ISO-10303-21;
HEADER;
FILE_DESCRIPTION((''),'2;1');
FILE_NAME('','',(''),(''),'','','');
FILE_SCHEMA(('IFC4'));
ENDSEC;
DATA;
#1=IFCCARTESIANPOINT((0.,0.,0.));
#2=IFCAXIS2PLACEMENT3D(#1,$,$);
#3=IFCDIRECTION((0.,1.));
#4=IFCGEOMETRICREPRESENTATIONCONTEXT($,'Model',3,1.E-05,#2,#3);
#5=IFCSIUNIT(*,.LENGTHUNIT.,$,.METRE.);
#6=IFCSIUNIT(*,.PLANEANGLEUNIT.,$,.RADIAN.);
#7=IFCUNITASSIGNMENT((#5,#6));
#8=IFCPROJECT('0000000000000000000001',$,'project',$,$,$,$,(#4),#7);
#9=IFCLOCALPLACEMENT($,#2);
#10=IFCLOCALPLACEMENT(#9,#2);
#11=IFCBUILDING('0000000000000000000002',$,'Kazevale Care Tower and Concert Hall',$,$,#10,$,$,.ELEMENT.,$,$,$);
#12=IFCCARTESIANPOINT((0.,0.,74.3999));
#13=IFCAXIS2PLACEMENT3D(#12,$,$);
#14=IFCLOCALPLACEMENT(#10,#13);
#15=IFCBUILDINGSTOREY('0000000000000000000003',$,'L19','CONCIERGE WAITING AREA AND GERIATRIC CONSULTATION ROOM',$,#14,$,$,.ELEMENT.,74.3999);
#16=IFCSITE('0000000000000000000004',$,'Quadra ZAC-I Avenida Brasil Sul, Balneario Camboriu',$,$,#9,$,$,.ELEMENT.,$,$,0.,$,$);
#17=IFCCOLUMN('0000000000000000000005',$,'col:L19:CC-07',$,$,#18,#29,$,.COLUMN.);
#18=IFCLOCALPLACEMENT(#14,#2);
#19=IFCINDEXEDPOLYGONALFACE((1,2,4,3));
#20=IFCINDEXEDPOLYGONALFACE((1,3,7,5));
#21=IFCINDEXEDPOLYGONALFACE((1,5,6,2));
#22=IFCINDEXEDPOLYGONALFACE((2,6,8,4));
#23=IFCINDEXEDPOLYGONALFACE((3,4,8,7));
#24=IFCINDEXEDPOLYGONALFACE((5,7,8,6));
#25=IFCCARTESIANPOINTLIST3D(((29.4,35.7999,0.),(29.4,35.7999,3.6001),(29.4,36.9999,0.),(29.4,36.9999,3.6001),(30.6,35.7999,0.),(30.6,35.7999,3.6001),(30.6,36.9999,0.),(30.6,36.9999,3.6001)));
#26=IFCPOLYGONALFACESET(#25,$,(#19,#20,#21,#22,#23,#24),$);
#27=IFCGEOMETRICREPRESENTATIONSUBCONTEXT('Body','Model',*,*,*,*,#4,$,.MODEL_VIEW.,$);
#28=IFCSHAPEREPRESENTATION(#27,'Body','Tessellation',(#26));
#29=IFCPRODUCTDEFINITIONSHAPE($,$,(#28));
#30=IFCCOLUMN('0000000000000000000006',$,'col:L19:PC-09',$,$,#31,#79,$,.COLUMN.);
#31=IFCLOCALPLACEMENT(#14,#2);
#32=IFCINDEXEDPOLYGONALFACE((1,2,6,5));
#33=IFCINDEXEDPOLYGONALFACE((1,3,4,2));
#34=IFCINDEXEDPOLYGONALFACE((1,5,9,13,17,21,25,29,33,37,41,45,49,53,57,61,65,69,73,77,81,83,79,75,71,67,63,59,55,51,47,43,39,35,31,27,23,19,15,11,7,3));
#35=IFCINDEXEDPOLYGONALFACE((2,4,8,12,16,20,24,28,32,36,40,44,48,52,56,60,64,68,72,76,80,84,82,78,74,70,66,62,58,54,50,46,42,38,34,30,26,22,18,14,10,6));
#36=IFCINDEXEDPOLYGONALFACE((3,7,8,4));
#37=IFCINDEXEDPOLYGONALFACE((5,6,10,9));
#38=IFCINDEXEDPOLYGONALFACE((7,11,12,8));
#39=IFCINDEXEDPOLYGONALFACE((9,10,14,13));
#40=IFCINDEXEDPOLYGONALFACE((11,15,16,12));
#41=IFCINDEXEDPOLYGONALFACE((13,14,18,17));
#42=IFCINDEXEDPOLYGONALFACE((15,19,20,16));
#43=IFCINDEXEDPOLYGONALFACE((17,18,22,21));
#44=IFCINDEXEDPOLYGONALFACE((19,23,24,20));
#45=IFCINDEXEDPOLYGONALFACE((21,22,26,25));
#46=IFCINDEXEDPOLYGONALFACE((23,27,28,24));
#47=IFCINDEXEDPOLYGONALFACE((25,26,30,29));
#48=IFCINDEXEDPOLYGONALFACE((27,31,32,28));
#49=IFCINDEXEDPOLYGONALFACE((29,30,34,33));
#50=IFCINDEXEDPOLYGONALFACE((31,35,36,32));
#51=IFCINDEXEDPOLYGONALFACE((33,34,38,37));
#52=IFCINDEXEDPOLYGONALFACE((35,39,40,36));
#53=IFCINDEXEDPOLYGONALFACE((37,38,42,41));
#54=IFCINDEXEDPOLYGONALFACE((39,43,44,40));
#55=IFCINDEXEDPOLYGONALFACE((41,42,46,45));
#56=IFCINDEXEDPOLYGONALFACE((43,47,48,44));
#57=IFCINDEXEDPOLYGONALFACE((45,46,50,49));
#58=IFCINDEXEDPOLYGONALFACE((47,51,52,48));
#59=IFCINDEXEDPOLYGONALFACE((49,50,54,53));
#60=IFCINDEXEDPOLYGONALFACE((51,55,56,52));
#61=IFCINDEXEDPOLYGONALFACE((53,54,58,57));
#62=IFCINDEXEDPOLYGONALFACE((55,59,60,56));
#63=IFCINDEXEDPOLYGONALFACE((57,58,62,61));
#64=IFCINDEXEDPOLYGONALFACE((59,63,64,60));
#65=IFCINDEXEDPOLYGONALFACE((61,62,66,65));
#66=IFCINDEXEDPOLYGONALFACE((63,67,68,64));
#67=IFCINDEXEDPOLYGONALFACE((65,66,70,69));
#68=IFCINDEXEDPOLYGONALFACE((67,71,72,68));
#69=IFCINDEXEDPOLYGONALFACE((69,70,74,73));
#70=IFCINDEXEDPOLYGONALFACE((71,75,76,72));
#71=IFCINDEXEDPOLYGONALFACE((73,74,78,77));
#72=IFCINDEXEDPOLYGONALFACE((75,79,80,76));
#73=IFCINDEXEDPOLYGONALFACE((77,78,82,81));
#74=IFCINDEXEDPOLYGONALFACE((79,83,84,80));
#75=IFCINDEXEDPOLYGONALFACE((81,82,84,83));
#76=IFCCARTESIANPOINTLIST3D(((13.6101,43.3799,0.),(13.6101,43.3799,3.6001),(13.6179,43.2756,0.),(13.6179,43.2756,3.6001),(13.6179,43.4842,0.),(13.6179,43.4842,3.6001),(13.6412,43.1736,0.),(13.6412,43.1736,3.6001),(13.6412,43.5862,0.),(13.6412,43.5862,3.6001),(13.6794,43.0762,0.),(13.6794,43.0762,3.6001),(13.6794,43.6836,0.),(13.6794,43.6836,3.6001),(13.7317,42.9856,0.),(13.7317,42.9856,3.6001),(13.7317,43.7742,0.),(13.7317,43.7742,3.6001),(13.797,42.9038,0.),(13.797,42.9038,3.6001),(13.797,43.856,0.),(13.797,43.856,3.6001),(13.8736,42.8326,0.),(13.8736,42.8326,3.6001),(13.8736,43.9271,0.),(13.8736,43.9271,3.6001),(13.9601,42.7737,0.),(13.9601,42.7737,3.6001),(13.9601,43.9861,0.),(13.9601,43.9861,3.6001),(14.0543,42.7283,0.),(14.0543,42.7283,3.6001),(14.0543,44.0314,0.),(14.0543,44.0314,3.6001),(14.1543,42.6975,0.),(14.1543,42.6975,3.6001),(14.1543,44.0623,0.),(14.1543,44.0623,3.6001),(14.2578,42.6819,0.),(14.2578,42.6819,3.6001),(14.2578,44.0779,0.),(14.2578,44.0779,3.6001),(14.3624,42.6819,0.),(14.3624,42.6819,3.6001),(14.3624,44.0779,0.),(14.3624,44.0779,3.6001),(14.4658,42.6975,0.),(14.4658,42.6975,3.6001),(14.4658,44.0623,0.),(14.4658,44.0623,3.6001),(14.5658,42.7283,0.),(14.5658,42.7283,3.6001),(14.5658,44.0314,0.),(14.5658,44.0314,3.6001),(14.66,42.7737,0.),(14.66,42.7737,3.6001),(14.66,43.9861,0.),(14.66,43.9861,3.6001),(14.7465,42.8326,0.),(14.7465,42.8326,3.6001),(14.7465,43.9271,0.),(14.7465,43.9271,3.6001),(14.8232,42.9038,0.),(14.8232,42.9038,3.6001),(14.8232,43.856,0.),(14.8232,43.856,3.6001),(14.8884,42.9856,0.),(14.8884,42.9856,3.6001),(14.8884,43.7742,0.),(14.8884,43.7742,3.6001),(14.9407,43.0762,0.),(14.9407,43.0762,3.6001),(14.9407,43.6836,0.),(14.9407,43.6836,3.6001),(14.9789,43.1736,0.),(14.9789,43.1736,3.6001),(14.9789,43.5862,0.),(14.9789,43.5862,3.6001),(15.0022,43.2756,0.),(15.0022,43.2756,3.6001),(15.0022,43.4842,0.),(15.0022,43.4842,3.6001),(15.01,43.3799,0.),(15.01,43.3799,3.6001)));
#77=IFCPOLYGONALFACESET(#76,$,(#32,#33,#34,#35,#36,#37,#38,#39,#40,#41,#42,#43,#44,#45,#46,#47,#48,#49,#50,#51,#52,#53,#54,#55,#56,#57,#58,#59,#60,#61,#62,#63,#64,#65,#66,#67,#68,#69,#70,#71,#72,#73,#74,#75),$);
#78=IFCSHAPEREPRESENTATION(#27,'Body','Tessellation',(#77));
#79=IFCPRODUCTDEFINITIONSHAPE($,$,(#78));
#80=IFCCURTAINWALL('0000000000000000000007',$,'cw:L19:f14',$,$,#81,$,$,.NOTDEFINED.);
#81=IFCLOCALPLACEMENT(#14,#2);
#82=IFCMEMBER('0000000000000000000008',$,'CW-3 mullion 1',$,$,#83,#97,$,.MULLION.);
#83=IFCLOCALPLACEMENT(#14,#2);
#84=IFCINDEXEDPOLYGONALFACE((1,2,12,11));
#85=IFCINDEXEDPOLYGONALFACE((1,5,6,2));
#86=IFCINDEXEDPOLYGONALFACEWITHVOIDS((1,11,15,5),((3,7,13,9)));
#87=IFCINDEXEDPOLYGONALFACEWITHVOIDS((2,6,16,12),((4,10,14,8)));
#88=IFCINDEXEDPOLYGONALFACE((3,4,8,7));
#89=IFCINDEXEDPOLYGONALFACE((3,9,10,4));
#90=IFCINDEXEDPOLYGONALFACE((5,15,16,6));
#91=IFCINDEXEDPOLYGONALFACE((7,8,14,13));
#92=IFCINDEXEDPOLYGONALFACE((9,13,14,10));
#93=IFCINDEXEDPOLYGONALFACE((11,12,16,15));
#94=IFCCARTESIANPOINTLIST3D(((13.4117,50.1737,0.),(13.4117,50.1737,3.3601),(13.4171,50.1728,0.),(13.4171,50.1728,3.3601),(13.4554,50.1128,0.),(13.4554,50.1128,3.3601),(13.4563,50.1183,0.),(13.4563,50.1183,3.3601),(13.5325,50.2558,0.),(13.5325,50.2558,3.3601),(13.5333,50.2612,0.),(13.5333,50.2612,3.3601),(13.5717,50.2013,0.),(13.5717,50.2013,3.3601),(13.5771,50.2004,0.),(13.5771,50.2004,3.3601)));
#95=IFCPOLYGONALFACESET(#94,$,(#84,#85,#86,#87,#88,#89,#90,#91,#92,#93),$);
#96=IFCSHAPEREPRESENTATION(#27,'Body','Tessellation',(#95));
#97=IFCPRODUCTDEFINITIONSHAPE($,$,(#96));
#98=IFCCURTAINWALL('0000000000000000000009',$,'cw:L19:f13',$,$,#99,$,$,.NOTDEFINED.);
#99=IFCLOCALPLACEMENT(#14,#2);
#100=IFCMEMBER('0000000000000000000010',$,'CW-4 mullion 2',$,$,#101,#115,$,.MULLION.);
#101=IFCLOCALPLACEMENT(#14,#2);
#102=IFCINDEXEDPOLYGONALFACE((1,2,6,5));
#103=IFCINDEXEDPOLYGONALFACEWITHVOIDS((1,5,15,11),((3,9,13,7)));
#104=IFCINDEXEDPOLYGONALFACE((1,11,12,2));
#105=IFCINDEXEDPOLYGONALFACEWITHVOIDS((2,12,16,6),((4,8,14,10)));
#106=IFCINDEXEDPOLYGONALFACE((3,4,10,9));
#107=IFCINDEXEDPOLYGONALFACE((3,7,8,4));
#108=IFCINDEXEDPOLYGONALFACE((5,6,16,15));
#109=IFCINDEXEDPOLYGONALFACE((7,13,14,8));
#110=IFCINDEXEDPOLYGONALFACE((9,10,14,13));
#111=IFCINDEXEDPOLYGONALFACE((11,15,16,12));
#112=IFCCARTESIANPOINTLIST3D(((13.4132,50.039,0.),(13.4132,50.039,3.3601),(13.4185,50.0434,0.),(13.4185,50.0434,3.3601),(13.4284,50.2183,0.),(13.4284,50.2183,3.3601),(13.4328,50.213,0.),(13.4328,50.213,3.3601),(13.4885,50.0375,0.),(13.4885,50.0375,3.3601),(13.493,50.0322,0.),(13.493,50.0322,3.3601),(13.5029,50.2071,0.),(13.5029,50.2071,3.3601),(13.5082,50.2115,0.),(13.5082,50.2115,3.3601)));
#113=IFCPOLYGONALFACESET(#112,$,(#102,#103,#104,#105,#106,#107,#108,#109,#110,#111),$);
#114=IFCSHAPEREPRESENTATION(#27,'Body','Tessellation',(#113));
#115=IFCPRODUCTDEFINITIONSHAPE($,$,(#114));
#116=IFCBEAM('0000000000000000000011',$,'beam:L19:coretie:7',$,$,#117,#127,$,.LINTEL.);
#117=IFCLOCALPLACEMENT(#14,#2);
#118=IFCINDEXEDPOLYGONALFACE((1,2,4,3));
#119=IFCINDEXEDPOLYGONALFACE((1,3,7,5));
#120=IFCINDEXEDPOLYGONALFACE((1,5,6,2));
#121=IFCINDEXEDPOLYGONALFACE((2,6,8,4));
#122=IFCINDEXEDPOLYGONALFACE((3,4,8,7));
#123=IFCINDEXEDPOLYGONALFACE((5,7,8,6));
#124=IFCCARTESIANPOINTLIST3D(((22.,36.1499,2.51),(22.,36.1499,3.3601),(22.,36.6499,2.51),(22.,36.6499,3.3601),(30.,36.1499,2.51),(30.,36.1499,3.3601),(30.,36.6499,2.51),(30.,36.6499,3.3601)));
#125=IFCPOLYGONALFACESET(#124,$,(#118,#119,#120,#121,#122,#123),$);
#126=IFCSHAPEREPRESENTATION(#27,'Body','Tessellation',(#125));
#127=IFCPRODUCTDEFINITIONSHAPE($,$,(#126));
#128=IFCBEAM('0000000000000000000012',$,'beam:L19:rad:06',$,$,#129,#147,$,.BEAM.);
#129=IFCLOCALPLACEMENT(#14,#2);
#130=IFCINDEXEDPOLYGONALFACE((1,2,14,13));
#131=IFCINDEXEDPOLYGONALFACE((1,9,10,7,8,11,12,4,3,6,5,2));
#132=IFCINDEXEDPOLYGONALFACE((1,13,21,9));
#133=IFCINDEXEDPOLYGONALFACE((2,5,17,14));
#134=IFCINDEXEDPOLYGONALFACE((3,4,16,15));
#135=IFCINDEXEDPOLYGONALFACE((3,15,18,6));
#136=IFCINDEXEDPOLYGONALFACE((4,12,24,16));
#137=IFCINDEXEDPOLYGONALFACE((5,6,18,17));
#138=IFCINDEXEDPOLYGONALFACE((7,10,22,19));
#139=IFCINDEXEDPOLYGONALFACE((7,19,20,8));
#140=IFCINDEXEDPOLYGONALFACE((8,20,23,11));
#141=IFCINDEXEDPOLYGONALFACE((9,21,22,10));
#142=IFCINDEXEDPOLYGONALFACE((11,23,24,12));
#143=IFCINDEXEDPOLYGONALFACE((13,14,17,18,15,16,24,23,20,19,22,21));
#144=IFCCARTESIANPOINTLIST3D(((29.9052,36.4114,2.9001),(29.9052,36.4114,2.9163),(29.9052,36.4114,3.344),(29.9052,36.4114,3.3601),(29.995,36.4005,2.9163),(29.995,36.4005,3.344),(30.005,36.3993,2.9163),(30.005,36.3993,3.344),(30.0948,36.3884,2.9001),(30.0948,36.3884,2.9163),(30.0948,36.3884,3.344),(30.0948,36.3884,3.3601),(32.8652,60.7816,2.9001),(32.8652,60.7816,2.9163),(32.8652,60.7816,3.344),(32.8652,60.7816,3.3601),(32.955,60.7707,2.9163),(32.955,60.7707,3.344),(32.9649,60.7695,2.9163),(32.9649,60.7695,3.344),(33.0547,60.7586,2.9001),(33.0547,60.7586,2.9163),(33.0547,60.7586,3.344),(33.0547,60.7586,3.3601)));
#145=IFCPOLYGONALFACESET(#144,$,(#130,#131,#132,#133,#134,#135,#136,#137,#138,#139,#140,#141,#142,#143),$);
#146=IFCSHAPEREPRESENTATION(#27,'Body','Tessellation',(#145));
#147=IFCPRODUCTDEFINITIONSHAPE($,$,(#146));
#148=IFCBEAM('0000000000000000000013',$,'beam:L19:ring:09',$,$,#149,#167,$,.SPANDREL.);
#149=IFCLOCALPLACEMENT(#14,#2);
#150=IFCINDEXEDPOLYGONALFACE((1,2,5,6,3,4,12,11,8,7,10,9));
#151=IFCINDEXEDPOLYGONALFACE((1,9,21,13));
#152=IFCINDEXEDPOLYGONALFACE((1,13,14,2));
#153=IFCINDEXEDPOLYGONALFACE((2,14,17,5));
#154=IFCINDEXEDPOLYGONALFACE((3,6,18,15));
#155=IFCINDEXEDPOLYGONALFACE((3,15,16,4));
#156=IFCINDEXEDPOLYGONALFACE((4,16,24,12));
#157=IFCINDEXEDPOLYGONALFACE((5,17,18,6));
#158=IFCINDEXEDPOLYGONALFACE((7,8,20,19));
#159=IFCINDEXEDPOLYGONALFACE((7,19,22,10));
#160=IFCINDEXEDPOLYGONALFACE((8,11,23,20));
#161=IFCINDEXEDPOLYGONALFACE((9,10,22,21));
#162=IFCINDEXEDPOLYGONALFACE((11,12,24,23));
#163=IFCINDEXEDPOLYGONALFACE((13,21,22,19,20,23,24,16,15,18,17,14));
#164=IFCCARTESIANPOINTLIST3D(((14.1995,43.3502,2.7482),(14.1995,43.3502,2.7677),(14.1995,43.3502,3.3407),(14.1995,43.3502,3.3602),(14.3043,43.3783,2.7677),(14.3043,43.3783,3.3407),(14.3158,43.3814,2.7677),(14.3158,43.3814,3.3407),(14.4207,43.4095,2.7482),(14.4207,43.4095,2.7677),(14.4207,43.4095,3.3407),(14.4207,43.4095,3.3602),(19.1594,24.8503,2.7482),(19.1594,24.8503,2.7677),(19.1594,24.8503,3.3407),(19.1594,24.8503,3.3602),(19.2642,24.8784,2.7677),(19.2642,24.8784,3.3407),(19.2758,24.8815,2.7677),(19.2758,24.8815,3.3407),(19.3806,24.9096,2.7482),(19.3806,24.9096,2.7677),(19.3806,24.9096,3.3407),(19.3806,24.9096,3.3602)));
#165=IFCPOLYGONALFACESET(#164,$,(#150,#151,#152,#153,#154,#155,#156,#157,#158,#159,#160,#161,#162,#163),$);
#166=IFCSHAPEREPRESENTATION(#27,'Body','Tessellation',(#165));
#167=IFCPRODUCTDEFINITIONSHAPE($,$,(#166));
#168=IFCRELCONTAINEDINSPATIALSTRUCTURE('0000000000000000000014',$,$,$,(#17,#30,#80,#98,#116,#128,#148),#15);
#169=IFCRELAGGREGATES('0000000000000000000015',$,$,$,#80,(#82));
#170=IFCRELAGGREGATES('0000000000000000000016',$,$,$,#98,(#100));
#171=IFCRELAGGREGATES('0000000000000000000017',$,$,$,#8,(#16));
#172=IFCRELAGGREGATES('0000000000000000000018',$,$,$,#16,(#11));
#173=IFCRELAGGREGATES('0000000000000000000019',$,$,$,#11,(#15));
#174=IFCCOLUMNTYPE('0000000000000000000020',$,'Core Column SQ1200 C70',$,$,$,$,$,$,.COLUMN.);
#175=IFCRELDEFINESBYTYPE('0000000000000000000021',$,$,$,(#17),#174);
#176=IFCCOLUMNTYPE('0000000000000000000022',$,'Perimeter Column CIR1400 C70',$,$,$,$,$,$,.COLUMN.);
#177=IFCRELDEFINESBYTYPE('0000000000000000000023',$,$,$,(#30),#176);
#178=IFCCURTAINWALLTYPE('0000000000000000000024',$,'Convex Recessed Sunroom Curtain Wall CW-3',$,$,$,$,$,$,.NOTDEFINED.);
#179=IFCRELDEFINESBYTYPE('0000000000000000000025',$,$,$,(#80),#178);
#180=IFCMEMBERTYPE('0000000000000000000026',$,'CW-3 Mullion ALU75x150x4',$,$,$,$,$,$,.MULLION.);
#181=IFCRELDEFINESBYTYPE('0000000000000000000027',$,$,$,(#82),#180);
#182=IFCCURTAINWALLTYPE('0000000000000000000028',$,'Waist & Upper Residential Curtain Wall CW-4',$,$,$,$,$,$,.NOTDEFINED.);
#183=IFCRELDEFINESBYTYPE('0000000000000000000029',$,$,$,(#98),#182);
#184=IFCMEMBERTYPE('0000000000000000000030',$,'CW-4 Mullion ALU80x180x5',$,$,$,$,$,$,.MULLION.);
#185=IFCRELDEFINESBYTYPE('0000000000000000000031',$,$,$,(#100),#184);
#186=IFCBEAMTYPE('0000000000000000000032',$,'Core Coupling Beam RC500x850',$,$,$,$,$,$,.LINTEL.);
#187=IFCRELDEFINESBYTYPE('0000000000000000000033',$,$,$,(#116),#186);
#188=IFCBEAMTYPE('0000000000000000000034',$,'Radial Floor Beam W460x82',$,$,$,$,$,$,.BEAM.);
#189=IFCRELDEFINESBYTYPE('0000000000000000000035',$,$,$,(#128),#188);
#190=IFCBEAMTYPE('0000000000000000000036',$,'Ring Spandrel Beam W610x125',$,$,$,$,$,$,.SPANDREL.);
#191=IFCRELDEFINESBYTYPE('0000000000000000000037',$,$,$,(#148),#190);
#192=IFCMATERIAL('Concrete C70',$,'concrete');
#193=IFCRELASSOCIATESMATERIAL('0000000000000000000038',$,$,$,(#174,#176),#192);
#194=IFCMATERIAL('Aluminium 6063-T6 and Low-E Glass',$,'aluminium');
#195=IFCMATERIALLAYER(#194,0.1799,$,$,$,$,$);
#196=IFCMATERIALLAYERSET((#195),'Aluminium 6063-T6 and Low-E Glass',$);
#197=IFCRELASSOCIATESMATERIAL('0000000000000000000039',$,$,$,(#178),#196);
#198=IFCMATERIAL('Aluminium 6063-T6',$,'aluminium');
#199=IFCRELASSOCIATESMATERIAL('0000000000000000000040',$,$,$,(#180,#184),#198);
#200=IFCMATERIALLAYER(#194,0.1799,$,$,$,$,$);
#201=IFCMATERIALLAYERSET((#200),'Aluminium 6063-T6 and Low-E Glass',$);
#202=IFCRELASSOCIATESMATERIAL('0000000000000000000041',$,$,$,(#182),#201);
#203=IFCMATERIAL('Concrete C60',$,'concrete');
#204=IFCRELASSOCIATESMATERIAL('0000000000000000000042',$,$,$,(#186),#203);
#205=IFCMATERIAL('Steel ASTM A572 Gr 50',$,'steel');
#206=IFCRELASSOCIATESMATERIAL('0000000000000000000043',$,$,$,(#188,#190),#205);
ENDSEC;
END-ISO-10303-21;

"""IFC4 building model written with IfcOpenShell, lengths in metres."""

from ifc_helpers import new_model, si_unit, direction, frame, origin, origin_2d, place, context, subcontext, project, spatial, rectangle, hollow_rectangle, circle, i_section, extrude, material, layer, layer_set, material_profile, profile_set, type_object, element, aggregate, save


model = new_model("IFC4")

# Units and contexts
model_context = context("Model", 3, precision=1e-05, world=origin(), true_north=direction((0.0, 1.0)))
body_context = subcontext(model_context, "Body", "Model", "MODEL_VIEW")
ifc_project = project(units=[si_unit("LENGTHUNIT", "METRE"), si_unit("PLANEANGLEUNIT", "RADIAN")], contexts=[model_context])

# Site, building, storey
site_placement = place(None, origin())
site = spatial("IfcSite", under=ifc_project, at=site_placement, Name="Quadra ZAC-I Avenida Brasil Sul, Balneario Camboriu", CompositionType="ELEMENT", RefElevation=0.0)
building_placement = place(site_placement, origin())
building = spatial("IfcBuilding", under=site, at=building_placement, Name="Kazevale Care Tower and Concert Hall", CompositionType="ELEMENT")
storey_placement = place(building_placement, frame((0.0, 0.0, 74.3999)))
storey = spatial("IfcBuildingStorey", under=building, at=storey_placement, Name="L19", Description="CONCIERGE WAITING AREA AND GERIATRIC CONSULTATION ROOM", CompositionType="ELEMENT", Elevation=74.3999)

# Columns
ifc_material_1 = material(Name="Concrete C70", Category="concrete")
ifc_material_profile_1 = material_profile(ifc_material_1, rectangle(XDim=1.2, YDim=1.2, at=origin_2d()), Name="RC-SQ1200")
ifc_profile_set_1 = profile_set([ifc_material_profile_1], Name="Concrete C70")
column_type_1 = type_object("IfcColumnType", Name="Core Column SQ1200 C70", PredefinedType="COLUMN", material=ifc_profile_set_1)
column_1_placement = place(storey_placement, frame((30.0, 36.3999, 0.0), z_axis=(0.0, 0.0, 1.0), x_axis=(1.0, 0.0, 0.0)))
element("IfcColumn", 1, at=column_1_placement, inside=storey, type_object=column_type_1, Name="col:L19:CC-07", PredefinedType="COLUMN", context=body_context, shape_type="SweptSolid", body=[
    extrude(rectangle(XDim=1.2, YDim=1.2, at=origin_2d()), origin(), (0.0, 0.0, 1.0), 3.6001),
])
ifc_material_profile_2 = material_profile(ifc_material_1, circle(Radius=0.7, at=origin_2d()), Name="RC-CIR1400")
ifc_profile_set_2 = profile_set([ifc_material_profile_2], Name="Concrete C70")
column_type_2 = type_object("IfcColumnType", Name="Perimeter Column CIR1400 C70", PredefinedType="COLUMN", material=ifc_profile_set_2)
column_2_placement = place(storey_placement, frame((14.3101, 43.3799, 0.0), z_axis=(0.0, 0.0, 1.0), x_axis=(1.0, 0.0, 0.0)))
element("IfcColumn", 2, at=column_2_placement, inside=storey, type_object=column_type_2, Name="col:L19:PC-09", PredefinedType="COLUMN", context=body_context, shape_type="SweptSolid", body=[
    extrude(circle(Radius=0.7, at=origin_2d()), origin(), (0.0, 0.0, 1.0), 3.6001),
])

# Curtain walls, members
ifc_material_2 = material(Name="Aluminium 6063-T6 and Low-E Glass", Category="aluminium")
ifc_layer_1 = layer(ifc_material_2, 0.1799)
ifc_layer_set_1 = layer_set([ifc_layer_1], Name="Aluminium 6063-T6 and Low-E Glass")
curtain_wall_type_1 = type_object("IfcCurtainWallType", Name="Convex Recessed Sunroom Curtain Wall CW-3", PredefinedType="NOTDEFINED", material=ifc_layer_set_1)
curtain_wall_1_placement = place(storey_placement, origin())
curtain_wall_1 = element("IfcCurtainWall", 3, at=curtain_wall_1_placement, inside=storey, type_object=curtain_wall_type_1, Name="cw:L19:f14", PredefinedType="NOTDEFINED")
ifc_material_3 = material(Name="Aluminium 6063-T6", Category="aluminium")
ifc_material_profile_3 = material_profile(ifc_material_3, hollow_rectangle(XDim=0.075, YDim=0.1499, WallThickness=0.0039, at=origin_2d()), Name="ALU75x150x4")
ifc_profile_set_3 = profile_set([ifc_material_profile_3], Name="Aluminium 6063-T6")
member_type_1 = type_object("IfcMemberType", Name="CW-3 Mullion ALU75x150x4", PredefinedType="MULLION", material=ifc_profile_set_3)
member_1_placement = place(storey_placement, frame((13.4944, 50.187, 0.0), z_axis=(0.0, 0.0, 1.0), x_axis=(-0.583994, 0.811758, 0.0)))
member_1 = element("IfcMember", 4, at=member_1_placement, type_object=member_type_1, Name="CW-3 mullion 1", PredefinedType="MULLION", context=body_context, shape_type="SweptSolid", body=[
    extrude(hollow_rectangle(XDim=0.075, YDim=0.1499, WallThickness=0.0039, at=origin_2d()), origin(), (0.0, 0.0, 1.0), 3.3601),
])
aggregate(curtain_wall_1, [member_1])
ifc_layer_2 = layer(ifc_material_2, 0.1799)
ifc_layer_set_2 = layer_set([ifc_layer_2], Name="Aluminium 6063-T6 and Low-E Glass")
curtain_wall_type_2 = type_object("IfcCurtainWallType", Name="Waist & Upper Residential Curtain Wall CW-4", PredefinedType="NOTDEFINED", material=ifc_layer_set_2)
curtain_wall_2_placement = place(storey_placement, origin())
curtain_wall_2 = element("IfcCurtainWall", 5, at=curtain_wall_2_placement, inside=storey, type_object=curtain_wall_type_2, Name="cw:L19:f13", PredefinedType="NOTDEFINED")
ifc_material_profile_4 = material_profile(ifc_material_3, hollow_rectangle(XDim=0.0801, YDim=0.1799, WallThickness=0.0049, at=origin_2d()), Name="ALU80x180x5")
ifc_profile_set_4 = profile_set([ifc_material_profile_4], Name="Aluminium 6063-T6")
member_type_2 = type_object("IfcMemberType", Name="CW-4 Mullion ALU80x180x5", PredefinedType="MULLION", material=ifc_profile_set_4)
member_2_placement = place(storey_placement, frame((13.4607, 50.1252, 0.0), z_axis=(0.0, 0.0, 1.0), x_axis=(-0.996431, 0.084413, 0.0)))
member_2 = element("IfcMember", 6, at=member_2_placement, type_object=member_type_2, Name="CW-4 mullion 2", PredefinedType="MULLION", context=body_context, shape_type="SweptSolid", body=[
    extrude(hollow_rectangle(XDim=0.0801, YDim=0.1799, WallThickness=0.0049, at=origin_2d()), origin(), (0.0, 0.0, 1.0), 3.3601),
])

# Beams
ifc_material_4 = material(Name="Concrete C60", Category="concrete")
ifc_material_profile_5 = material_profile(ifc_material_4, rectangle(XDim=0.5, YDim=0.8501, at=origin_2d()), Name="RC-B500x850")
ifc_profile_set_5 = profile_set([ifc_material_profile_5], Name="Concrete C60")
beam_type_1 = type_object("IfcBeamType", Name="Core Coupling Beam RC500x850", PredefinedType="LINTEL", material=ifc_profile_set_5)
beam_1_placement = place(storey_placement, frame((30.0, 36.3999, 2.9351), z_axis=(-1.0, 0.0, 0.0), x_axis=(0.0, -1.0, 0.0)))
element("IfcBeam", 7, at=beam_1_placement, inside=storey, type_object=beam_type_1, Name="beam:L19:coretie:7", PredefinedType="LINTEL", context=body_context, shape_type="SweptSolid", body=[
    extrude(rectangle(XDim=0.5, YDim=0.8501, at=origin_2d()), origin(), (0.0, 0.0, 1.0), 8.0),
])
ifc_material_5 = material(Name="Steel ASTM A572 Gr 50", Category="steel")
ifc_material_profile_6 = material_profile(ifc_material_5, i_section(OverallWidth=0.1909, OverallDepth=0.46, WebThickness=0.01, FlangeThickness=0.0161, at=origin_2d()), Name="W460x82")
ifc_profile_set_6 = profile_set([ifc_material_profile_6], Name="Steel ASTM A572 Gr 50")
beam_type_2 = type_object("IfcBeamType", Name="Radial Floor Beam W460x82", PredefinedType="BEAM", material=ifc_profile_set_6)
beam_2_placement = place(storey_placement, frame((30.0, 36.3999, 3.1301), z_axis=(0.120573, 0.992705, 0.0), x_axis=(-0.992705, 0.120573, 0.0)))
element("IfcBeam", 8, at=beam_2_placement, inside=storey, type_object=beam_type_2, Name="beam:L19:rad:06", PredefinedType="BEAM", context=body_context, shape_type="SweptSolid", body=[
    extrude(i_section(OverallWidth=0.1909, OverallDepth=0.46, WebThickness=0.01, FlangeThickness=0.0161, at=origin_2d()), origin(), (0.0, 0.0, 1.0), 24.5493),
])
ifc_material_profile_7 = material_profile(ifc_material_5, i_section(OverallWidth=0.229, OverallDepth=0.6121, WebThickness=0.012, FlangeThickness=0.0195, at=origin_2d()), Name="W610x125")
ifc_profile_set_7 = profile_set([ifc_material_profile_7], Name="Steel ASTM A572 Gr 50")
beam_type_3 = type_object("IfcBeamType", Name="Ring Spandrel Beam W610x125", PredefinedType="SPANDREL", material=ifc_profile_set_7)
beam_3_placement = place(storey_placement, frame((14.3101, 43.3799, 3.0542), z_axis=(0.25896, -0.965888, 0.0), x_axis=(0.965888, 0.25896, 0.0)))
element("IfcBeam", 9, at=beam_3_placement, inside=storey, type_object=beam_type_3, Name="beam:L19:ring:09", PredefinedType="SPANDREL", context=body_context, shape_type="SweptSolid", body=[
    extrude(i_section(OverallWidth=0.229, OverallDepth=0.6121, WebThickness=0.012, FlangeThickness=0.0195, at=origin_2d()), origin(), (0.0, 0.0, 1.0), 19.1533),
])

aggregate(curtain_wall_2, [member_2])

save(model, "model.ifc")
